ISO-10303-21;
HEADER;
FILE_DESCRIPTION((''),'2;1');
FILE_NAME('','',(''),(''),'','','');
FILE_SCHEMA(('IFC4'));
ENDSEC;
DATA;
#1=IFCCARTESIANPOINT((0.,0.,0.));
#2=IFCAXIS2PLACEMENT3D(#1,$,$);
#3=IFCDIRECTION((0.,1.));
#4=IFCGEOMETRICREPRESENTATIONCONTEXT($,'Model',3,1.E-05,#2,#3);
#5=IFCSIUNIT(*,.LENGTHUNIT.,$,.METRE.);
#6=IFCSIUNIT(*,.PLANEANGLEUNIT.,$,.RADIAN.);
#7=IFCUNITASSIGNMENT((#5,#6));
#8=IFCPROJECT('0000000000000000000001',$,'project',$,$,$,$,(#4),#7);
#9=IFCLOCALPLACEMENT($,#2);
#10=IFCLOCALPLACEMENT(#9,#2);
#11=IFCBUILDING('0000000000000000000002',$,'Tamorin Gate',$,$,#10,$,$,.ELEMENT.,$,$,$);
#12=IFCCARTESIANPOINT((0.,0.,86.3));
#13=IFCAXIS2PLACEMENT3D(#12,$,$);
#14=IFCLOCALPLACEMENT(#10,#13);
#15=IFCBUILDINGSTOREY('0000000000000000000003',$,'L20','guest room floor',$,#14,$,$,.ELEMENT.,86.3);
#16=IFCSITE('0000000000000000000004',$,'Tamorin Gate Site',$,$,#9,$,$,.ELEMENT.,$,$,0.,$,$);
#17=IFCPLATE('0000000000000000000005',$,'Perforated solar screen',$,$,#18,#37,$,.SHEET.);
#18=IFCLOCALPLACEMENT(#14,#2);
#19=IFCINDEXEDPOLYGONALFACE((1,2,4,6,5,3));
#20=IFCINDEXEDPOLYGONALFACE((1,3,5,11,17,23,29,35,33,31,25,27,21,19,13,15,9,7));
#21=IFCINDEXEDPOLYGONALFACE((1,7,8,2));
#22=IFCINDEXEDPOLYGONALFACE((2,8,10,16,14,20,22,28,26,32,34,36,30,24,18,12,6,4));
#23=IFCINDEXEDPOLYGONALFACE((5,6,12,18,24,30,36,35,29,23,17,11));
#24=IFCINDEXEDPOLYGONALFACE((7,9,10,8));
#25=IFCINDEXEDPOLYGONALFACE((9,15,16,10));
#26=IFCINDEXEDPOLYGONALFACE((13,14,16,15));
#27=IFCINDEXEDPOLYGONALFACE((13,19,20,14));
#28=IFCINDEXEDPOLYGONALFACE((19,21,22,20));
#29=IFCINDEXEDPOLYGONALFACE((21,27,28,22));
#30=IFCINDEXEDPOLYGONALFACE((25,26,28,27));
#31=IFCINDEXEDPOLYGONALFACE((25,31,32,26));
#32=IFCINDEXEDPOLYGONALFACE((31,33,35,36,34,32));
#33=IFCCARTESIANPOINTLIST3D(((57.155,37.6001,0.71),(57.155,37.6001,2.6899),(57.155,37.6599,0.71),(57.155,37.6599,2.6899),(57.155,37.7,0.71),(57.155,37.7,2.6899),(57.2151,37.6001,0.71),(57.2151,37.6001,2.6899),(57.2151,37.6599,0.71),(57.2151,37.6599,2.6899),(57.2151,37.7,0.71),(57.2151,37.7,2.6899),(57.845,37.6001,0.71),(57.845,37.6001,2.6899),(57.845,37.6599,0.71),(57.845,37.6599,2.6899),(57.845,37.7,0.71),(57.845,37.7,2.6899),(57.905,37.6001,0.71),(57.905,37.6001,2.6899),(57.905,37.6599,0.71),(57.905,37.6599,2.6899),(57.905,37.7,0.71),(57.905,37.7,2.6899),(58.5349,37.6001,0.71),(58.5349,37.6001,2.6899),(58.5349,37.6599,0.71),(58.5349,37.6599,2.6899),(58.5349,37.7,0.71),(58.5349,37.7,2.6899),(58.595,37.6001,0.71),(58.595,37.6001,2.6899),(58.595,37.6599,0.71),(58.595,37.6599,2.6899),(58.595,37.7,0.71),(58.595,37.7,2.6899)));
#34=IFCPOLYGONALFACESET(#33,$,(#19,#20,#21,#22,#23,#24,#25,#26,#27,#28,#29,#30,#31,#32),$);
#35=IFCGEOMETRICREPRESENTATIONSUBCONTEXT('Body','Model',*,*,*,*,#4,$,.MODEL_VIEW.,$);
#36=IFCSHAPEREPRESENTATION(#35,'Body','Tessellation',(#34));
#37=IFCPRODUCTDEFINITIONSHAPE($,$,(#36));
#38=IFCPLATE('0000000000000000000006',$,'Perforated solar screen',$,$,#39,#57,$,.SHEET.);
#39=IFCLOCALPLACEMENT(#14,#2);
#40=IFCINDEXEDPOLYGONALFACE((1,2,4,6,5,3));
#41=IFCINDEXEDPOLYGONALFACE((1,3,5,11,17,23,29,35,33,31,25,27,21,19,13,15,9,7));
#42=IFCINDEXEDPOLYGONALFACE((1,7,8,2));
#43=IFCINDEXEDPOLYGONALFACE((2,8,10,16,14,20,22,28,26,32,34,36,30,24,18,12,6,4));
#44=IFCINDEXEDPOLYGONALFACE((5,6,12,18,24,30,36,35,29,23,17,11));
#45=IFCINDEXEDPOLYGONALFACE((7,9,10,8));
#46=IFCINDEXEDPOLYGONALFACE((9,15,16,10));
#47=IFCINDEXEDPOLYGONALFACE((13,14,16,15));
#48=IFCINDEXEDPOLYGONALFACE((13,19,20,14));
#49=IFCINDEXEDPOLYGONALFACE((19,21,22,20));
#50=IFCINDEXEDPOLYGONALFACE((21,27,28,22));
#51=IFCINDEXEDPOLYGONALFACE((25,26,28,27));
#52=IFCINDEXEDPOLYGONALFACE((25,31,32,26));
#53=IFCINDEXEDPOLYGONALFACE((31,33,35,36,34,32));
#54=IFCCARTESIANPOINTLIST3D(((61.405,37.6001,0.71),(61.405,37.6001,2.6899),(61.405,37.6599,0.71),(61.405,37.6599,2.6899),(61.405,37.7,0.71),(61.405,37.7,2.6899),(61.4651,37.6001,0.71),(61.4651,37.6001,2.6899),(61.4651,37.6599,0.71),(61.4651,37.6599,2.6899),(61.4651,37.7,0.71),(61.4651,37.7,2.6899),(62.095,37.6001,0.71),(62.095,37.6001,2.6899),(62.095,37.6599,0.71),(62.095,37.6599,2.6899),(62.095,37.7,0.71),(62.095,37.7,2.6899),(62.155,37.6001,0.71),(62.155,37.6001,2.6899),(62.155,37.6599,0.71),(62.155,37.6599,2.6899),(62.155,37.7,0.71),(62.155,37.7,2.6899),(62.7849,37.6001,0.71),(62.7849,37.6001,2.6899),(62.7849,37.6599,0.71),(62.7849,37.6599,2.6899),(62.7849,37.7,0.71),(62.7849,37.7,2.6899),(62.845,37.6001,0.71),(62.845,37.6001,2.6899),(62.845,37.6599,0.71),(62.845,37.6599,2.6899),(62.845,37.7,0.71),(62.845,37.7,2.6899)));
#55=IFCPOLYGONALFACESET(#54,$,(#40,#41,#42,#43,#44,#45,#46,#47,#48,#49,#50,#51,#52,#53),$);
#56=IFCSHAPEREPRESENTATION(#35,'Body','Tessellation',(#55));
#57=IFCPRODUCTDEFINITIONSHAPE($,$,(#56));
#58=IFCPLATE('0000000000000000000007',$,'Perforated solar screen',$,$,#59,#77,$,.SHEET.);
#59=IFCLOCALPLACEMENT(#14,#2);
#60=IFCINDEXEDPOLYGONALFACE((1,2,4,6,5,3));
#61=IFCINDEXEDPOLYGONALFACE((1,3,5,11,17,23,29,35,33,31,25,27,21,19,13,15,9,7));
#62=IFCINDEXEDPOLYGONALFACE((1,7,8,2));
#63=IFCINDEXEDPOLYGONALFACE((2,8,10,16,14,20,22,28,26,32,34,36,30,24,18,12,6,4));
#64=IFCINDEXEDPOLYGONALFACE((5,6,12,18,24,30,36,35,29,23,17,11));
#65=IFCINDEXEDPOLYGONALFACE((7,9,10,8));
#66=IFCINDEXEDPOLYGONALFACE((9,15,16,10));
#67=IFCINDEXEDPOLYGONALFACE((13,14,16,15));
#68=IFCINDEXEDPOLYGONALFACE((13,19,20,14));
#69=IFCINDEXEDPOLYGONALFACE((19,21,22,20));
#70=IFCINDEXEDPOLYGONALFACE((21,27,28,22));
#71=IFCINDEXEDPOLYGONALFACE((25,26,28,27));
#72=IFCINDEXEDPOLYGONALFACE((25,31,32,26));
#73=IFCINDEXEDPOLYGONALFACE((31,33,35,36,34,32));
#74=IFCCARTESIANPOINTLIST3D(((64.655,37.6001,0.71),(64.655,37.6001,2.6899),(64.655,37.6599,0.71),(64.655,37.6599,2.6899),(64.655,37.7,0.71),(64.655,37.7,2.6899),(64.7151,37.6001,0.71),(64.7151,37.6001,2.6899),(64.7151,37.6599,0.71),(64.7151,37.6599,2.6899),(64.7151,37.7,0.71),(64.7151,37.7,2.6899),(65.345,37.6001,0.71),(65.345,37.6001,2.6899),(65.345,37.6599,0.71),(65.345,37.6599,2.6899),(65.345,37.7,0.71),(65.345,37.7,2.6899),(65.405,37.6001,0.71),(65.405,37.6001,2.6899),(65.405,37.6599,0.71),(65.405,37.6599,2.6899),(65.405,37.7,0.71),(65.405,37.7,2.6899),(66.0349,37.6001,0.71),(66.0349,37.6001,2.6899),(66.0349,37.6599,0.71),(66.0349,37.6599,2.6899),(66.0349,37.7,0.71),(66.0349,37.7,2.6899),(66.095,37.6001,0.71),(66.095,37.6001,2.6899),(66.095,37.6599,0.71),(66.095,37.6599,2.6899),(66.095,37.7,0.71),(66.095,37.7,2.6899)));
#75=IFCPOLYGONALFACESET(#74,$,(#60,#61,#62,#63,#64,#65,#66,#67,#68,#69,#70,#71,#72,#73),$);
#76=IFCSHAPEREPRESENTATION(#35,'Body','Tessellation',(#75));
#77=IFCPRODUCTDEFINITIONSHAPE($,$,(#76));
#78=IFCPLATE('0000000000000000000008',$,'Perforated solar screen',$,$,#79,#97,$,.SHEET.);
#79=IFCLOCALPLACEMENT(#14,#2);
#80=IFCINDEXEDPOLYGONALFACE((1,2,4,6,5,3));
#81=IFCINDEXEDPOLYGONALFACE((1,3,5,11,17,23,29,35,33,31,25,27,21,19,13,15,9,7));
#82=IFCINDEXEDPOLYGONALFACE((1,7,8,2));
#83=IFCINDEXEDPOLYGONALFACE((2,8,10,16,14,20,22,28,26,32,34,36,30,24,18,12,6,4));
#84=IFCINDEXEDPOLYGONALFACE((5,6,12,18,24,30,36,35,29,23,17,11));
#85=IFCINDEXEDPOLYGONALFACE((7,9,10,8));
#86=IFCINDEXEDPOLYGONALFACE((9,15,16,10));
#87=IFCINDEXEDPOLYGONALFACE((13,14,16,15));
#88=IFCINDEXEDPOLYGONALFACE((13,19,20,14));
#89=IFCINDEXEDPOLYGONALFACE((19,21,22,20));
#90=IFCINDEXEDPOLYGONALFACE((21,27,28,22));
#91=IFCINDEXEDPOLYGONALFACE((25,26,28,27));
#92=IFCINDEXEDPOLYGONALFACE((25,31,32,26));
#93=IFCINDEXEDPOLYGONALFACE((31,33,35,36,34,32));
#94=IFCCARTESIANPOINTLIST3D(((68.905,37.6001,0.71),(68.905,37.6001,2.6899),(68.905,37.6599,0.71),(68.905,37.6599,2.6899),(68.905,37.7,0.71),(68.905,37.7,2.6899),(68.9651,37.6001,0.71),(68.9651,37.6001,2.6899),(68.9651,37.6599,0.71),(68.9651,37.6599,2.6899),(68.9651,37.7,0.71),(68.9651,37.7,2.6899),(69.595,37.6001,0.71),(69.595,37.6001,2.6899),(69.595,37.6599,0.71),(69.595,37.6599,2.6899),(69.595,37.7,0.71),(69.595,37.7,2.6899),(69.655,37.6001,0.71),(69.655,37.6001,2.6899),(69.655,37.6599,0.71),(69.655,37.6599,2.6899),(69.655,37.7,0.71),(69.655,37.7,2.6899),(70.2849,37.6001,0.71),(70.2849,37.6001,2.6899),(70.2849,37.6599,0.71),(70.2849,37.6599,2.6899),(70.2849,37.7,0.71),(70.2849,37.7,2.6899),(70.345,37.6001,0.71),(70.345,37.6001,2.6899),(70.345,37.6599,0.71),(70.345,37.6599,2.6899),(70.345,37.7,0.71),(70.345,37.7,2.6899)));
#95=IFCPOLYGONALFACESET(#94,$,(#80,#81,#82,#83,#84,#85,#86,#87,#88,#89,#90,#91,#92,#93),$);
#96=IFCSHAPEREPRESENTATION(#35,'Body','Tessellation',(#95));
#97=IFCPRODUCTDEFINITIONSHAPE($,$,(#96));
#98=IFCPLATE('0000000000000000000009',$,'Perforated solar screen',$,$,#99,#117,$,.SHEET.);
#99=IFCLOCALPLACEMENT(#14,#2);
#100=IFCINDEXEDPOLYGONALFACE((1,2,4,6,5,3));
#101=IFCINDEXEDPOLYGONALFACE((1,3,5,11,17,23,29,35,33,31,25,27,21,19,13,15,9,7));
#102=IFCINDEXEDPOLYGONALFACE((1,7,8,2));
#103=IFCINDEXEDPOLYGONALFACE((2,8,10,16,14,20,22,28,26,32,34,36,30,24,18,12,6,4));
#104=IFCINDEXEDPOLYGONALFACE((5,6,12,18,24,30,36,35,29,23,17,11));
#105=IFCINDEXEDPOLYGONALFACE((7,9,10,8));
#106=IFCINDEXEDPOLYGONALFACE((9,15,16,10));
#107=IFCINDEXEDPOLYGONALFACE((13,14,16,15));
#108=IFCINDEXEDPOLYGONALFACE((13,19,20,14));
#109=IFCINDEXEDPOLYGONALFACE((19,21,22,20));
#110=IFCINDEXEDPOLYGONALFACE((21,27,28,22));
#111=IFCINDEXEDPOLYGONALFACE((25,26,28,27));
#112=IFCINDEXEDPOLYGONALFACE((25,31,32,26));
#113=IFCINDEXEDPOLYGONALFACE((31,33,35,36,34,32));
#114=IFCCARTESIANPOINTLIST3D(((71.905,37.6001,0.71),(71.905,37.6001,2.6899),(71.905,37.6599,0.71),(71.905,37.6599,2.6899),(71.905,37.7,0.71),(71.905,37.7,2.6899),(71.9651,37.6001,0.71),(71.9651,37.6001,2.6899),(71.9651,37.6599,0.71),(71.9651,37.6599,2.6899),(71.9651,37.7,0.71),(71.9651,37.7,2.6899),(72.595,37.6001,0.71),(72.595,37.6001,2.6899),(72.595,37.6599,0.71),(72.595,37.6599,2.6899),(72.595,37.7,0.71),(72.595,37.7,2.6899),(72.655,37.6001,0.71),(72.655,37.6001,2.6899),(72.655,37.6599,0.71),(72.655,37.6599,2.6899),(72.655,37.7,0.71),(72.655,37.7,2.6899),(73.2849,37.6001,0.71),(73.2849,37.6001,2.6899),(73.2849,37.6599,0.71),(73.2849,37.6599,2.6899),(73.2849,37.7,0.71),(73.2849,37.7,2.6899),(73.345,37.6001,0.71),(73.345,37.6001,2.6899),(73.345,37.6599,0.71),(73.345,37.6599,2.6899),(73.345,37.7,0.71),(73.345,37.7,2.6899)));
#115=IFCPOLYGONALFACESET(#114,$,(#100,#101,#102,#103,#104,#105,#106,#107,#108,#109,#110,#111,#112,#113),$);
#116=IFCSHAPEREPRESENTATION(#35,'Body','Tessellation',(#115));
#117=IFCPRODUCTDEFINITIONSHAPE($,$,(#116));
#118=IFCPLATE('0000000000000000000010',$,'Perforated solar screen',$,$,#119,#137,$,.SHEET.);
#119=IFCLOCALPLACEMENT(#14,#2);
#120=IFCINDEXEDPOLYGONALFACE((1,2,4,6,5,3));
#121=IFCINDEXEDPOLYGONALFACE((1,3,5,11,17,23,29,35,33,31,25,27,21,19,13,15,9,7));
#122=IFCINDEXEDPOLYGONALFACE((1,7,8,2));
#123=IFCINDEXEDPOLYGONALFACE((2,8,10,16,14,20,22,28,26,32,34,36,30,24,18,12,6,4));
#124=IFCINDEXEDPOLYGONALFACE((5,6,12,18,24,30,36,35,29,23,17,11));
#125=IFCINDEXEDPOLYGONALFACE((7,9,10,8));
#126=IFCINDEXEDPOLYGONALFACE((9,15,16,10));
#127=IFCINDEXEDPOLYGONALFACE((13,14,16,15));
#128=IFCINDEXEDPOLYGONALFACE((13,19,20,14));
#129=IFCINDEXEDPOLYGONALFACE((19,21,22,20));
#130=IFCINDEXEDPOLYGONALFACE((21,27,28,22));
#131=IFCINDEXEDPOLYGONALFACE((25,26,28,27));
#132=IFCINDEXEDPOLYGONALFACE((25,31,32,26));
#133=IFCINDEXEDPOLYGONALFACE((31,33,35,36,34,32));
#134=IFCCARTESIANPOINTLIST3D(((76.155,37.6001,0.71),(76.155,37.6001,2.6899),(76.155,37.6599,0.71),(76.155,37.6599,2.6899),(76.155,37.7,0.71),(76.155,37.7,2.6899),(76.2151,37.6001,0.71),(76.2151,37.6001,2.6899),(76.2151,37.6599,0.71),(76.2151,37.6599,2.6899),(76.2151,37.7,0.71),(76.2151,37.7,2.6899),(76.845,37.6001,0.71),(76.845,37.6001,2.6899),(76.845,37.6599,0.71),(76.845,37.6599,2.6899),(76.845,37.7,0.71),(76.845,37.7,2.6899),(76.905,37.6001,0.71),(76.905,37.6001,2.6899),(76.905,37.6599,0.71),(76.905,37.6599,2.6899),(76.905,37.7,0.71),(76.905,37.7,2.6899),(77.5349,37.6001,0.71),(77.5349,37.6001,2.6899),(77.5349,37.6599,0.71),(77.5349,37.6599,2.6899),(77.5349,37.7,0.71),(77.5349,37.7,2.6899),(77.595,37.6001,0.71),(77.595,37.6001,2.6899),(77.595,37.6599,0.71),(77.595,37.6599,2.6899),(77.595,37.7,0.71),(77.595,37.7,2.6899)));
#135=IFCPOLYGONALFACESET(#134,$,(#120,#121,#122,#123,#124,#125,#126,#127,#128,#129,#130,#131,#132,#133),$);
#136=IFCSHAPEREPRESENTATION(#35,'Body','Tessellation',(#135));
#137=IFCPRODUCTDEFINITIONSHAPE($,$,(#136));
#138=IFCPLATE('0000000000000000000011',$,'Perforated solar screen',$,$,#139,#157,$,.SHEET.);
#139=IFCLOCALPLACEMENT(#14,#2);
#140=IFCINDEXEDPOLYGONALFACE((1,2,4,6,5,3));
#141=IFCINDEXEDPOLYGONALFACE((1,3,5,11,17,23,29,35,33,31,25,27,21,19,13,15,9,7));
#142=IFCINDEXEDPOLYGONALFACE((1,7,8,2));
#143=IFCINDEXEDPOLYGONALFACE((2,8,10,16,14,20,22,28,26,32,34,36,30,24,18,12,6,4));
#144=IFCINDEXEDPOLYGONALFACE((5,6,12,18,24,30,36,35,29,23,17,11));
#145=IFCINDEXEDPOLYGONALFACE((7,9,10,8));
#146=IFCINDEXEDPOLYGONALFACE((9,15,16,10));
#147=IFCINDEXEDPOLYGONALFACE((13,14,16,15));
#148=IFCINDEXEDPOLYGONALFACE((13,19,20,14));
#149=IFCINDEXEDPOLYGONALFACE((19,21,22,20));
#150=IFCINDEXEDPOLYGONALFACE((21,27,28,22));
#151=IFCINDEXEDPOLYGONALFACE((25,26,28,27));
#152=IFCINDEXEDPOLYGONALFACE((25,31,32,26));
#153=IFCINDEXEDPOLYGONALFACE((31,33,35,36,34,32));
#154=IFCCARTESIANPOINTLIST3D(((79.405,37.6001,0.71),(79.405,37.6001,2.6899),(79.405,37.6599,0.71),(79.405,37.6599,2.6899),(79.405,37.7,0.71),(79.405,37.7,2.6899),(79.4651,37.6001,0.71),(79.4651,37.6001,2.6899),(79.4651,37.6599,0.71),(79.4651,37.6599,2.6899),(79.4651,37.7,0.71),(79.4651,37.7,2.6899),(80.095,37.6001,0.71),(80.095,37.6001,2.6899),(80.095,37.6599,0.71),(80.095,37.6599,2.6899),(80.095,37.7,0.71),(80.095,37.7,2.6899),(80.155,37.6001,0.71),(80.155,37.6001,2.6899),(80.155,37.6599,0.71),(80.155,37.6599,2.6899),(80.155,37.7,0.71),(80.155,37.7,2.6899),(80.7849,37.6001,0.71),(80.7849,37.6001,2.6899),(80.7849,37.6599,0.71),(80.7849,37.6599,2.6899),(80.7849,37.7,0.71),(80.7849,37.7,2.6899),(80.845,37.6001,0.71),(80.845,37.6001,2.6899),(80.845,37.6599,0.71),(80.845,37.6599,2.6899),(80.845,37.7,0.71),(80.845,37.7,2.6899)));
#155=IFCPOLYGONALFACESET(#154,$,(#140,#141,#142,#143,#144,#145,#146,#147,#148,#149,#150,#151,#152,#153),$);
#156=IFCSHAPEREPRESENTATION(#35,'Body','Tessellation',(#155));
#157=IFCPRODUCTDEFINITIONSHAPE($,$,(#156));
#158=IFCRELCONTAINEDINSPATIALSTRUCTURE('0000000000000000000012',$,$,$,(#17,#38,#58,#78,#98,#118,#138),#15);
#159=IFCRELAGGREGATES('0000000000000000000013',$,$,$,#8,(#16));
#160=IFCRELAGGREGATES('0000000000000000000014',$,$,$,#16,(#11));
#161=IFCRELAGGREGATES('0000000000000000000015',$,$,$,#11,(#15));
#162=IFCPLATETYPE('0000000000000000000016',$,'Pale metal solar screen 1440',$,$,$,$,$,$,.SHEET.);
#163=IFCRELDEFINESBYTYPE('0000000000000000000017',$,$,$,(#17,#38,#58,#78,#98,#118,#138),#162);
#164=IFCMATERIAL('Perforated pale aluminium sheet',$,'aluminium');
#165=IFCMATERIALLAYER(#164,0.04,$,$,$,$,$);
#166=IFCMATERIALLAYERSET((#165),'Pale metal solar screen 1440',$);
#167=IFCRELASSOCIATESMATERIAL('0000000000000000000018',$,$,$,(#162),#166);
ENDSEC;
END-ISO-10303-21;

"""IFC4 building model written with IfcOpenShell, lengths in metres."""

from ifc_helpers import new_model, si_unit, direction, frame, origin, place, context, subcontext, project, spatial, polyline, outline, extrude, material, layer, layer_set, type_object, element, save


model = new_model("IFC4")

# Units and contexts
model_context = context("Model", 3, precision=1e-05, world=origin(), true_north=direction((0.0, 1.0)))
body_context = subcontext(model_context, "Body", "Model", "MODEL_VIEW")
ifc_project = project(units=[si_unit("LENGTHUNIT", "METRE"), si_unit("PLANEANGLEUNIT", "RADIAN")], contexts=[model_context])

# Site, building, storey
site_placement = place(None, origin())
site = spatial("IfcSite", under=ifc_project, at=site_placement, Name="Tamorin Gate Site", CompositionType="ELEMENT", RefElevation=0.0)
building_placement = place(site_placement, origin())
building = spatial("IfcBuilding", under=site, at=building_placement, Name="Tamorin Gate", CompositionType="ELEMENT")
storey_placement = place(building_placement, frame((0.0, 0.0, 86.3)))
storey = spatial("IfcBuildingStorey", under=building, at=storey_placement, Name="L20", Description="guest room floor", CompositionType="ELEMENT", Elevation=86.3)

# Plates
ifc_material_1 = material(Name="Perforated pale aluminium sheet", Category="aluminium")
ifc_layer_1 = layer(ifc_material_1, 0.04)
ifc_layer_set_1 = layer_set([ifc_layer_1], Name="Pale metal solar screen 1440")
plate_type = type_object("IfcPlateType", Name="Pale metal solar screen 1440", PredefinedType="SHEET", material=ifc_layer_set_1)
plate_1_placement = place(storey_placement, frame((0.0, 0.0, 0.71)))
element("IfcPlate", 1, at=plate_1_placement, inside=storey, type_object=plate_type, Name="Perforated solar screen", PredefinedType="SHEET", context=body_context, shape_type="SweptSolid", body=[
    extrude(outline(polyline([(57.155, 37.6599), (57.155, 37.7), (57.2151, 37.7), (57.845, 37.7), (57.905, 37.7), (58.5349, 37.7), (58.595, 37.7), (58.595, 37.6599), (58.595, 37.6001), (58.5349, 37.6001), (58.5349, 37.6599), (57.905, 37.6599), (57.905, 37.6001), (57.845, 37.6001), (57.845, 37.6599), (57.2151, 37.6599), (57.2151, 37.6001), (57.155, 37.6001), (57.155, 37.6599)])), origin(), (0.0, 0.0, 1.0), 1.98),
])
plate_2_placement = place(storey_placement, frame((0.0, 0.0, 0.71)))
element("IfcPlate", 2, at=plate_2_placement, inside=storey, type_object=plate_type, Name="Perforated solar screen", PredefinedType="SHEET", context=body_context, shape_type="SweptSolid", body=[
    extrude(outline(polyline([(61.405, 37.6599), (61.405, 37.7), (61.4651, 37.7), (62.095, 37.7), (62.155, 37.7), (62.7849, 37.7), (62.845, 37.7), (62.845, 37.6599), (62.845, 37.6001), (62.7849, 37.6001), (62.7849, 37.6599), (62.155, 37.6599), (62.155, 37.6001), (62.095, 37.6001), (62.095, 37.6599), (61.4651, 37.6599), (61.4651, 37.6001), (61.405, 37.6001), (61.405, 37.6599)])), origin(), (0.0, 0.0, 1.0), 1.98),
])
plate_3_placement = place(storey_placement, frame((0.0, 0.0, 0.71)))
element("IfcPlate", 3, at=plate_3_placement, inside=storey, type_object=plate_type, Name="Perforated solar screen", PredefinedType="SHEET", context=body_context, shape_type="SweptSolid", body=[
    extrude(outline(polyline([(64.655, 37.6599), (64.655, 37.7), (64.7151, 37.7), (65.345, 37.7), (65.405, 37.7), (66.0349, 37.7), (66.095, 37.7), (66.095, 37.6599), (66.095, 37.6001), (66.0349, 37.6001), (66.0349, 37.6599), (65.405, 37.6599), (65.405, 37.6001), (65.345, 37.6001), (65.345, 37.6599), (64.7151, 37.6599), (64.7151, 37.6001), (64.655, 37.6001), (64.655, 37.6599)])), origin(), (0.0, 0.0, 1.0), 1.98),
])
plate_4_placement = place(storey_placement, frame((0.0, 0.0, 0.71)))
element("IfcPlate", 4, at=plate_4_placement, inside=storey, type_object=plate_type, Name="Perforated solar screen", PredefinedType="SHEET", context=body_context, shape_type="SweptSolid", body=[
    extrude(outline(polyline([(68.905, 37.6599), (68.905, 37.7), (68.9651, 37.7), (69.595, 37.7), (69.655, 37.7), (70.2849, 37.7), (70.345, 37.7), (70.345, 37.6599), (70.345, 37.6001), (70.2849, 37.6001), (70.2849, 37.6599), (69.655, 37.6599), (69.655, 37.6001), (69.595, 37.6001), (69.595, 37.6599), (68.9651, 37.6599), (68.9651, 37.6001), (68.905, 37.6001), (68.905, 37.6599)])), origin(), (0.0, 0.0, 1.0), 1.98),
])
plate_5_placement = place(storey_placement, frame((0.0, 0.0, 0.71)))
element("IfcPlate", 5, at=plate_5_placement, inside=storey, type_object=plate_type, Name="Perforated solar screen", PredefinedType="SHEET", context=body_context, shape_type="SweptSolid", body=[
    extrude(outline(polyline([(71.905, 37.6599), (71.905, 37.7), (71.9651, 37.7), (72.595, 37.7), (72.655, 37.7), (73.2849, 37.7), (73.345, 37.7), (73.345, 37.6599), (73.345, 37.6001), (73.2849, 37.6001), (73.2849, 37.6599), (72.655, 37.6599), (72.655, 37.6001), (72.595, 37.6001), (72.595, 37.6599), (71.9651, 37.6599), (71.9651, 37.6001), (71.905, 37.6001), (71.905, 37.6599)])), origin(), (0.0, 0.0, 1.0), 1.98),
])
plate_6_placement = place(storey_placement, frame((0.0, 0.0, 0.71)))
element("IfcPlate", 6, at=plate_6_placement, inside=storey, type_object=plate_type, Name="Perforated solar screen", PredefinedType="SHEET", context=body_context, shape_type="SweptSolid", body=[
    extrude(outline(polyline([(76.155, 37.6599), (76.155, 37.7), (76.2151, 37.7), (76.845, 37.7), (76.905, 37.7), (77.5349, 37.7), (77.595, 37.7), (77.595, 37.6599), (77.595, 37.6001), (77.5349, 37.6001), (77.5349, 37.6599), (76.905, 37.6599), (76.905, 37.6001), (76.845, 37.6001), (76.845, 37.6599), (76.2151, 37.6599), (76.2151, 37.6001), (76.155, 37.6001), (76.155, 37.6599)])), origin(), (0.0, 0.0, 1.0), 1.98),
])
plate_7_placement = place(storey_placement, frame((0.0, 0.0, 0.71)))
element("IfcPlate", 7, at=plate_7_placement, inside=storey, type_object=plate_type, Name="Perforated solar screen", PredefinedType="SHEET", context=body_context, shape_type="SweptSolid", body=[
    extrude(outline(polyline([(79.405, 37.6599), (79.405, 37.7), (79.4651, 37.7), (80.095, 37.7), (80.155, 37.7), (80.7849, 37.7), (80.845, 37.7), (80.845, 37.6599), (80.845, 37.6001), (80.7849, 37.6001), (80.7849, 37.6599), (80.155, 37.6599), (80.155, 37.6001), (80.095, 37.6001), (80.095, 37.6599), (79.4651, 37.6599), (79.4651, 37.6001), (79.405, 37.6001), (79.405, 37.6599)])), origin(), (0.0, 0.0, 1.0), 1.98),
])

save(model, "model.ifc")
